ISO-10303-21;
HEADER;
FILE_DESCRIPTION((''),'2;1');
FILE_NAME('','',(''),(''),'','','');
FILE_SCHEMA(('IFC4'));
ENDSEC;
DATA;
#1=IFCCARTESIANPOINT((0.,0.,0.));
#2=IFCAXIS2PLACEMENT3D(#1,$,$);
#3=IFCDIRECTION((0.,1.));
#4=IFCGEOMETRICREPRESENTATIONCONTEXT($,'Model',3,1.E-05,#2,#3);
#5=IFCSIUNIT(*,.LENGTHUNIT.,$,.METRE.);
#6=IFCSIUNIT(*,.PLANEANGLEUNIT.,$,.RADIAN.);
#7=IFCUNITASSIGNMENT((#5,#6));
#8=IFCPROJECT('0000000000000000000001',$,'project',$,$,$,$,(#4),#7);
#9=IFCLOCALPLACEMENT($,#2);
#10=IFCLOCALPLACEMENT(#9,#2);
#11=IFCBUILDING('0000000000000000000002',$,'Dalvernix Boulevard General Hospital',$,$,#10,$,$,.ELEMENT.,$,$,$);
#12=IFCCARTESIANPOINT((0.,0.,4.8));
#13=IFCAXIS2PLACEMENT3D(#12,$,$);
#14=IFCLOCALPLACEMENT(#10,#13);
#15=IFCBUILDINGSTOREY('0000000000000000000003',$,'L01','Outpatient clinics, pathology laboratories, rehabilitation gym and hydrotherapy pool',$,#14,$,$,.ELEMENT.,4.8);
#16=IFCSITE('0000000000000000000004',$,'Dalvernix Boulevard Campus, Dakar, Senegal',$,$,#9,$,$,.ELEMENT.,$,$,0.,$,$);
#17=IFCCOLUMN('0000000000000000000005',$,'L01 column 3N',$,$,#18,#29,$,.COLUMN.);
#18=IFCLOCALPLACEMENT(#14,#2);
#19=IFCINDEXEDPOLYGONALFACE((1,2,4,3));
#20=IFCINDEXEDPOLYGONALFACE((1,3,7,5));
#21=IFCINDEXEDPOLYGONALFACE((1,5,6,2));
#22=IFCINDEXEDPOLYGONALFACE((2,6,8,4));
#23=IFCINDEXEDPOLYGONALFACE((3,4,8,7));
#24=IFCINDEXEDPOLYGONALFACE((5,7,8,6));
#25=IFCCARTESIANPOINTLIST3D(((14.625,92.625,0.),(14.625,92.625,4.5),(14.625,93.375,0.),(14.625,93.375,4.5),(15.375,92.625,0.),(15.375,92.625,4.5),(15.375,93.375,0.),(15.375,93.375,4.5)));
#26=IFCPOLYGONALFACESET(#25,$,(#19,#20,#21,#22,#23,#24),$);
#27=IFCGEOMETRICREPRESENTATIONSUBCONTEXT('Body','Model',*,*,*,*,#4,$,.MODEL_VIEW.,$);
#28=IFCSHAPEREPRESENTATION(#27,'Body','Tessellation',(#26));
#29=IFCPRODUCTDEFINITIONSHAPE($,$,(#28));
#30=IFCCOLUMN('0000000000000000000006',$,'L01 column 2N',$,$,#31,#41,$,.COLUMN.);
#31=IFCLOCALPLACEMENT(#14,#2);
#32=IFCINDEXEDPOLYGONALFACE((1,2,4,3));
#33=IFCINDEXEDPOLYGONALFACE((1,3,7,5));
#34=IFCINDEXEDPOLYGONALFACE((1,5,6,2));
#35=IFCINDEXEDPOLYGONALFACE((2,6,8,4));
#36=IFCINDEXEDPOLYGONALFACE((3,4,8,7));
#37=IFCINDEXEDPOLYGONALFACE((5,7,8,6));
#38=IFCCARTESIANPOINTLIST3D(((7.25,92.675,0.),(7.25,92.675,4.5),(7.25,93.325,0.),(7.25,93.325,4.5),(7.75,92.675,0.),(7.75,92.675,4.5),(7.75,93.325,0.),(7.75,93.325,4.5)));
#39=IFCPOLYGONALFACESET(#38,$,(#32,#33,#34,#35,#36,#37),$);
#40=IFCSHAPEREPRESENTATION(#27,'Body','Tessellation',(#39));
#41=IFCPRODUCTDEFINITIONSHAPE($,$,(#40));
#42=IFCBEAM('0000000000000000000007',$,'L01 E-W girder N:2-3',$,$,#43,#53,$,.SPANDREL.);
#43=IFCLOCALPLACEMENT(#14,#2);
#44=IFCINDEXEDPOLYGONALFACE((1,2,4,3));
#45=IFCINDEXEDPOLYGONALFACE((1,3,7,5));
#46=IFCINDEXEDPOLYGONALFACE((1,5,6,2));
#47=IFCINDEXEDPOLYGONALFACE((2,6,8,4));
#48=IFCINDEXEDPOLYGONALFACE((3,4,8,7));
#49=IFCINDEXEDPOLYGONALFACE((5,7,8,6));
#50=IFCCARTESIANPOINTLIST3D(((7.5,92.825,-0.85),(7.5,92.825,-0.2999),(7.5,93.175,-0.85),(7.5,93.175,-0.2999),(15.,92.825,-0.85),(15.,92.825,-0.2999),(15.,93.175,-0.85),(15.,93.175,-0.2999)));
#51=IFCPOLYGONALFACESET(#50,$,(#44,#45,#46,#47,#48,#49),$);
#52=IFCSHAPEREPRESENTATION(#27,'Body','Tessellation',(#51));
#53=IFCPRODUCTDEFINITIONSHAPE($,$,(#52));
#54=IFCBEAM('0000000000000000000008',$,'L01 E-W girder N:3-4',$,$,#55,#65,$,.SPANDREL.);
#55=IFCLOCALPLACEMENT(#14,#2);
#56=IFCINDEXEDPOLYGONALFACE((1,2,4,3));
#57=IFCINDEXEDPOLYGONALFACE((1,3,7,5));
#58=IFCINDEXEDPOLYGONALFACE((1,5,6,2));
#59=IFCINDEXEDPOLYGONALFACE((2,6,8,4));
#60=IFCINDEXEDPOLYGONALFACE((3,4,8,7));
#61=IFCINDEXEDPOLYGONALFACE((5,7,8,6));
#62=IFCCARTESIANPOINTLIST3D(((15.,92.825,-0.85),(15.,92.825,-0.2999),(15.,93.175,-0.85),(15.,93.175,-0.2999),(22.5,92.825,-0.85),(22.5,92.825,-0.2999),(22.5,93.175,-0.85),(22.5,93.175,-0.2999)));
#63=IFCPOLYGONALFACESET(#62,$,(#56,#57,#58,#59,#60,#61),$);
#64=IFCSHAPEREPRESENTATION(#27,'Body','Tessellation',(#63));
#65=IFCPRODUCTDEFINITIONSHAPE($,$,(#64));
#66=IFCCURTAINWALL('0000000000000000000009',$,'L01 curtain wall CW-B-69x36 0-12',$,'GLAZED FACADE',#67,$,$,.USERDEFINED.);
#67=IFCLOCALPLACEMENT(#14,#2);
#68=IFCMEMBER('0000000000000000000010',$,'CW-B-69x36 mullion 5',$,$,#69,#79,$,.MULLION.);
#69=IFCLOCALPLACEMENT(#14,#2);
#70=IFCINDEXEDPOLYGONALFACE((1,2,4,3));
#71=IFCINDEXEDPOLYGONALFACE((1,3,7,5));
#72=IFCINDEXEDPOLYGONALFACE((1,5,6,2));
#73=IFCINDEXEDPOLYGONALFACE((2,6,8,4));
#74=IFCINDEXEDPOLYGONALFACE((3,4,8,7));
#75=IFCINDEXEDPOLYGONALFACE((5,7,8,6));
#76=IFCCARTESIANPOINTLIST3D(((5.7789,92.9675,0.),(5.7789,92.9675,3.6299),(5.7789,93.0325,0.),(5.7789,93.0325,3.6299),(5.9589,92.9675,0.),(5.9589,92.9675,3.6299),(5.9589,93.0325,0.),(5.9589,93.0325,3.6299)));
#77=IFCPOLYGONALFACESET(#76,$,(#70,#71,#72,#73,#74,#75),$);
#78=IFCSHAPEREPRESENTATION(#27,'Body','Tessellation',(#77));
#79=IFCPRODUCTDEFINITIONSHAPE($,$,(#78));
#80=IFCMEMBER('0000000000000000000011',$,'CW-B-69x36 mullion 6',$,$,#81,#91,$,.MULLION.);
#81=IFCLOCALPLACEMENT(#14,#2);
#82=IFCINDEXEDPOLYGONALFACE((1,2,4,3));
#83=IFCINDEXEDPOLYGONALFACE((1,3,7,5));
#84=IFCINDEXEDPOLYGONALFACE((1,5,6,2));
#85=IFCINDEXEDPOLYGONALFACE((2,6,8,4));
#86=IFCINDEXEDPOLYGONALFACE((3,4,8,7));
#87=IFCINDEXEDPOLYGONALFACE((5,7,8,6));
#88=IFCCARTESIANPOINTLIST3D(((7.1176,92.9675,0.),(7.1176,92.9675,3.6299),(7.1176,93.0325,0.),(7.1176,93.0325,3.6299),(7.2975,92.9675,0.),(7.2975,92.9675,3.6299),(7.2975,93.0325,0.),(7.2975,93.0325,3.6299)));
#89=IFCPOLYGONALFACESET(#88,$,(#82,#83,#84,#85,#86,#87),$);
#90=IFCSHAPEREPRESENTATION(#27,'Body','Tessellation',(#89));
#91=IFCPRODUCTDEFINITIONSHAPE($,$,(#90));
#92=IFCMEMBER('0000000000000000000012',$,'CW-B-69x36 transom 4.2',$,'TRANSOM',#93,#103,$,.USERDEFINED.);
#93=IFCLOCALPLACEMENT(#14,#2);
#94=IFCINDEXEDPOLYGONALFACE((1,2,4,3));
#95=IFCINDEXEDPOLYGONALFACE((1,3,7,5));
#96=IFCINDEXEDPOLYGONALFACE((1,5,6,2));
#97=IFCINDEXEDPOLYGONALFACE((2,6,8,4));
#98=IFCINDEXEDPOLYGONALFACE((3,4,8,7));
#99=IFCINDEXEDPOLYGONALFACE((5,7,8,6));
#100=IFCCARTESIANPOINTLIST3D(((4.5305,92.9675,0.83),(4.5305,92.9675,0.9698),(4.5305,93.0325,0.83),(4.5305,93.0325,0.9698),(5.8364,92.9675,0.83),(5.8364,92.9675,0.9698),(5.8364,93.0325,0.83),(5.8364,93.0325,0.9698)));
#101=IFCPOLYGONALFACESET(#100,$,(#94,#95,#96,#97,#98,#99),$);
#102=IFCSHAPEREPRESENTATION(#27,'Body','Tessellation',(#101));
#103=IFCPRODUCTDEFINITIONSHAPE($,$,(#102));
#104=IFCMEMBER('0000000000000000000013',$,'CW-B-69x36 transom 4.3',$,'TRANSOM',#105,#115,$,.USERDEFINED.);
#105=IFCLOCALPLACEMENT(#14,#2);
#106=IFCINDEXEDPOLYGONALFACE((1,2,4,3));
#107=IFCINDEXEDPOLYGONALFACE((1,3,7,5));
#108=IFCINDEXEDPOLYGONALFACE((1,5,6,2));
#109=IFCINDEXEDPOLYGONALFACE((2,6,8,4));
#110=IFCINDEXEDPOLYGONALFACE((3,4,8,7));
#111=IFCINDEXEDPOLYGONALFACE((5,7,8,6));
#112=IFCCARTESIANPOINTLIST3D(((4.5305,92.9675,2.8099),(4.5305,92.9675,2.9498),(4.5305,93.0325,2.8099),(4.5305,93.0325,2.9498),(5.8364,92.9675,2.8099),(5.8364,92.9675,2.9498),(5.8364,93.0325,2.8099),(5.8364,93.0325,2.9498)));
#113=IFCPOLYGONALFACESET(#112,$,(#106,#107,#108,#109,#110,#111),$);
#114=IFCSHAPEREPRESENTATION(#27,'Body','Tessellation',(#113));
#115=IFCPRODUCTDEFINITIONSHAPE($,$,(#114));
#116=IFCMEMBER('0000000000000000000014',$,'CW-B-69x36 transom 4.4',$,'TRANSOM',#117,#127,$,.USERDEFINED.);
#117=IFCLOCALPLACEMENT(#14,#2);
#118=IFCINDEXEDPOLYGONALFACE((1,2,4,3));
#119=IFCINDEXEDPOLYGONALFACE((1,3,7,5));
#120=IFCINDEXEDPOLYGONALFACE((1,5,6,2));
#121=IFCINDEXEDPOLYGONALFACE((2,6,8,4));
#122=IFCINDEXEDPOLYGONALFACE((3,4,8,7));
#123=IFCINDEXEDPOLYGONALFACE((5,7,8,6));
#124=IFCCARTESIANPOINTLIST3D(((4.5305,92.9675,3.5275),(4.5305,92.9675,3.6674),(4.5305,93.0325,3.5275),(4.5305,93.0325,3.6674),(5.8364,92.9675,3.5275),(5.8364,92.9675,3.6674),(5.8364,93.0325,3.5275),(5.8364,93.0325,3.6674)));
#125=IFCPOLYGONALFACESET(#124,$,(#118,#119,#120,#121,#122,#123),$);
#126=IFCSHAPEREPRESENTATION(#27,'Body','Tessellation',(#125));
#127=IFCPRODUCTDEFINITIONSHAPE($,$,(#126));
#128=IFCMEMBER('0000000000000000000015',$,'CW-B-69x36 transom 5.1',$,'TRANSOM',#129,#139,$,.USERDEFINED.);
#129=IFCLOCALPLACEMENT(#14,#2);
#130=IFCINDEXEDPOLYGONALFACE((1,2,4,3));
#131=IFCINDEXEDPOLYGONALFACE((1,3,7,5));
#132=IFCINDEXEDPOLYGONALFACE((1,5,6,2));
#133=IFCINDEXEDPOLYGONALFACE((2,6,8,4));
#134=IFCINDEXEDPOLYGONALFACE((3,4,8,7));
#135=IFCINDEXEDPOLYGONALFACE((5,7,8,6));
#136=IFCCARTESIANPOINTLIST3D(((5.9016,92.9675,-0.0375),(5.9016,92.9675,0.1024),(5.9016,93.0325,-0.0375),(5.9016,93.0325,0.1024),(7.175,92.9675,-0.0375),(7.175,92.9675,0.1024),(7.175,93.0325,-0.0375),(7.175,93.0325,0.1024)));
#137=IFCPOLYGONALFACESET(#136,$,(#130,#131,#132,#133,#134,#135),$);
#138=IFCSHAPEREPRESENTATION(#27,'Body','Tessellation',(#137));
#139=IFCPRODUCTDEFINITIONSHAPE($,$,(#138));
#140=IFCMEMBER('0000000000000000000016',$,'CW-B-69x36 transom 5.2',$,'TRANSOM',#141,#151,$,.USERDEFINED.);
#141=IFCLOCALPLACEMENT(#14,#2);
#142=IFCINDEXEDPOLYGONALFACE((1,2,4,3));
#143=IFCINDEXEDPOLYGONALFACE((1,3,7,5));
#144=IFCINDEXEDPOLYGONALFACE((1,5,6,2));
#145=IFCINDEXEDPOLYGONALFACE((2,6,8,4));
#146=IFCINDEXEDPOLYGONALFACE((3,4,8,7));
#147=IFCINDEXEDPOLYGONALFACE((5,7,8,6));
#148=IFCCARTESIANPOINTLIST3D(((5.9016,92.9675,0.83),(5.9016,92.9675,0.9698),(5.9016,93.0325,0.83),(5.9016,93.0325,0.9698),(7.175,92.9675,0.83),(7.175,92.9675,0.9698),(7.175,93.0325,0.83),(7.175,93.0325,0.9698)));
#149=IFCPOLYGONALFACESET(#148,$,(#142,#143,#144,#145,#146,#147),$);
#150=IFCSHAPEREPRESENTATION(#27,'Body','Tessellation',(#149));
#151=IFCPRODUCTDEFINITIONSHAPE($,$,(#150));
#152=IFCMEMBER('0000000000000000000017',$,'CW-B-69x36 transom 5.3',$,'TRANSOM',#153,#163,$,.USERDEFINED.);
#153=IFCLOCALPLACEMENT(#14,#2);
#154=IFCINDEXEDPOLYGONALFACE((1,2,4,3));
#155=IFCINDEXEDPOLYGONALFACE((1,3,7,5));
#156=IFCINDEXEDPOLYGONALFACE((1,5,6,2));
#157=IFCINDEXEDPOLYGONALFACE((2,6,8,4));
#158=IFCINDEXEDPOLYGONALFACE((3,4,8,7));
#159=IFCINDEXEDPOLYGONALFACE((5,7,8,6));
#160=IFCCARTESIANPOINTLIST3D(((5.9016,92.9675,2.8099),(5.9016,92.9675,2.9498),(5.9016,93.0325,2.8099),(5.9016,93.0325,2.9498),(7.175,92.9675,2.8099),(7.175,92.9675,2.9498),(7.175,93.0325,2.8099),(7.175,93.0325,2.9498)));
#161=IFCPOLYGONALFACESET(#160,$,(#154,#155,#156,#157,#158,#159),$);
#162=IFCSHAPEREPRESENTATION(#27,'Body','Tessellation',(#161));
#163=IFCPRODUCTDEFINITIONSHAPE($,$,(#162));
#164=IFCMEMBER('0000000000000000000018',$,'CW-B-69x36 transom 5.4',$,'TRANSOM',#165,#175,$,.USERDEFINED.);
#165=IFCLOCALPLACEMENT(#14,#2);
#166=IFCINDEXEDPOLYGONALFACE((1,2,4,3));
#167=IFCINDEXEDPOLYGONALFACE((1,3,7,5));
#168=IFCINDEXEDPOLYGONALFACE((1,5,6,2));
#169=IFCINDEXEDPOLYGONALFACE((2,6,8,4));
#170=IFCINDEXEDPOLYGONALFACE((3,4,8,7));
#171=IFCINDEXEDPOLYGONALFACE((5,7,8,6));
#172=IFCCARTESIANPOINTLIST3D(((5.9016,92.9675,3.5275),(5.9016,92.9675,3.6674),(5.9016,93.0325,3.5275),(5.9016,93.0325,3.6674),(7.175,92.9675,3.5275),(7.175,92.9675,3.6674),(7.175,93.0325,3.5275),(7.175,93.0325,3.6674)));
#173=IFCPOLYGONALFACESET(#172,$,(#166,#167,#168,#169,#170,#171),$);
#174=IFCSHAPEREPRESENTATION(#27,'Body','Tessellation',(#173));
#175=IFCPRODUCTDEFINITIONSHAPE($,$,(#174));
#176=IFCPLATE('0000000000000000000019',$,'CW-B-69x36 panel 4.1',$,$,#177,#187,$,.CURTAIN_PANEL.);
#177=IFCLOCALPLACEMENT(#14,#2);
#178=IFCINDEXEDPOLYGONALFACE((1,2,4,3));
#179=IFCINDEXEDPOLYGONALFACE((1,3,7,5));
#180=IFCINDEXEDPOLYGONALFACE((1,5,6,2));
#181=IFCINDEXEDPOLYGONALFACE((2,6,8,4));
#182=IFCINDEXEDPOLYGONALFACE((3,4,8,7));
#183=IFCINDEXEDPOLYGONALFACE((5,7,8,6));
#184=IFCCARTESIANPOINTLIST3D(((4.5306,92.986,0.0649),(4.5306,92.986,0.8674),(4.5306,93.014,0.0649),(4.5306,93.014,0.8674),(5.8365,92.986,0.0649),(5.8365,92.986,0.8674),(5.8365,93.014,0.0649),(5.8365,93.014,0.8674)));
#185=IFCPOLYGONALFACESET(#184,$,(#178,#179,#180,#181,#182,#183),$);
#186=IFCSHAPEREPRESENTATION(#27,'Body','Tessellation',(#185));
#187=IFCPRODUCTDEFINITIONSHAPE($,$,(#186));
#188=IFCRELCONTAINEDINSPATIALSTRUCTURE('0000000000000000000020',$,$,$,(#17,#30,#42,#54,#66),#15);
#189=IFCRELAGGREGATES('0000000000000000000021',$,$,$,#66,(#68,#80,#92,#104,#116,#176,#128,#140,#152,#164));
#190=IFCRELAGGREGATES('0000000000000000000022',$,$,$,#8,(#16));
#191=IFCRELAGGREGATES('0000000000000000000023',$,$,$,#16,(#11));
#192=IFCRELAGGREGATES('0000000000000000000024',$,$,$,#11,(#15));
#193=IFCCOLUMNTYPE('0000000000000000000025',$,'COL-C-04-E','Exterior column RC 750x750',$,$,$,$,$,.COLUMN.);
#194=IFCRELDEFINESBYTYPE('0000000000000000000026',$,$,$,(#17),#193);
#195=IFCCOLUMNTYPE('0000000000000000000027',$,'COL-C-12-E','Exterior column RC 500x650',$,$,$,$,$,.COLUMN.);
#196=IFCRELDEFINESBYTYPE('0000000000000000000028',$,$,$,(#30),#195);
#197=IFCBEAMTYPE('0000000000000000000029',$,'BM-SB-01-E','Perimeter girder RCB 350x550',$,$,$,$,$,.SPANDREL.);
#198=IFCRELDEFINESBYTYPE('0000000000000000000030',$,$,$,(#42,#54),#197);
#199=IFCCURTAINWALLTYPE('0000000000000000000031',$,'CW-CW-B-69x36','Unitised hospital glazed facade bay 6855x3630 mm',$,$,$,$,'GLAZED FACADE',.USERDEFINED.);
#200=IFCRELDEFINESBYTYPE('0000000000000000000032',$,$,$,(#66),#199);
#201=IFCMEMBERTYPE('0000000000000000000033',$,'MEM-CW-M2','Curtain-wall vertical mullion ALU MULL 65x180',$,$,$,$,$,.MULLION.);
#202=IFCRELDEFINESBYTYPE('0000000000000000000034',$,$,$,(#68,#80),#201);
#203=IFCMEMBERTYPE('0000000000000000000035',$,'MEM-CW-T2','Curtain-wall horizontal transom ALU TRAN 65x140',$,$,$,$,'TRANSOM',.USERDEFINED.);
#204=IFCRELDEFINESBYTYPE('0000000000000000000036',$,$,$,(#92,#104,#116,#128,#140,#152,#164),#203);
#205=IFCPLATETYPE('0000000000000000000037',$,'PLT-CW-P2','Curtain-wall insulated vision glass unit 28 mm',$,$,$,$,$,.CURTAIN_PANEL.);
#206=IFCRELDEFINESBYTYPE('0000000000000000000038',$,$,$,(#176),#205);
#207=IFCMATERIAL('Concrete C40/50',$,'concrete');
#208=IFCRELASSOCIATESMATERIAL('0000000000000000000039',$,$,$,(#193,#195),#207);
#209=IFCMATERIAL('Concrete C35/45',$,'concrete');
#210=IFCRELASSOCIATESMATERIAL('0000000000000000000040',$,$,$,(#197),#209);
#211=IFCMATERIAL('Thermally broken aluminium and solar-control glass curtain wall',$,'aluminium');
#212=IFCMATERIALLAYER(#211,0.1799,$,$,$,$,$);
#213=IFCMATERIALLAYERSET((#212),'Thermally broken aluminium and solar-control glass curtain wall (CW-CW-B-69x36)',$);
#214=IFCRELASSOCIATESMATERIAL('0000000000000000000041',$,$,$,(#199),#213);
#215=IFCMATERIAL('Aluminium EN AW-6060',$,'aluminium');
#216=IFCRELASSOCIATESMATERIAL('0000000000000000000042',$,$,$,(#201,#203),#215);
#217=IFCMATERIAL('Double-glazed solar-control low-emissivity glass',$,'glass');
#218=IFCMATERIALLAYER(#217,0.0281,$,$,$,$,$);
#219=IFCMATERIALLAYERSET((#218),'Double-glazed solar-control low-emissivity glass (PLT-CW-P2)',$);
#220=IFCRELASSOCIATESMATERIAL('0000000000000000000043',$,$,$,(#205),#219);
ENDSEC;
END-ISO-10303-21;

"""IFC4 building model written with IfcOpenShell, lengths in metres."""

from ifc_helpers import new_model, si_unit, direction, frame, origin, origin_2d, place, context, subcontext, project, spatial, rectangle, extrude, material, layer, layer_set, material_profile, profile_set, type_object, element, aggregate, save


model = new_model("IFC4")

# Units and contexts
model_context = context("Model", 3, precision=1e-05, world=origin(), true_north=direction((0.0, 1.0)))
body_context = subcontext(model_context, "Body", "Model", "MODEL_VIEW")
ifc_project = project(units=[si_unit("LENGTHUNIT", "METRE"), si_unit("PLANEANGLEUNIT", "RADIAN")], contexts=[model_context])

# Site, building, storey
site_placement = place(None, origin())
site = spatial("IfcSite", under=ifc_project, at=site_placement, Name="Dalvernix Boulevard Campus, Dakar, Senegal", CompositionType="ELEMENT", RefElevation=0.0)
building_placement = place(site_placement, origin())
building = spatial("IfcBuilding", under=site, at=building_placement, Name="Dalvernix Boulevard General Hospital", CompositionType="ELEMENT")
storey_placement = place(building_placement, frame((0.0, 0.0, 4.8)))
storey = spatial("IfcBuildingStorey", under=building, at=storey_placement, Name="L01", Description="Outpatient clinics, pathology laboratories, rehabilitation gym and hydrotherapy pool", CompositionType="ELEMENT", Elevation=4.8)

# Columns
ifc_material_1 = material(Name="Concrete C40/50", Category="concrete")
ifc_material_profile_1 = material_profile(ifc_material_1, rectangle(XDim=0.75, YDim=0.75, at=origin_2d()), Name="RC 750x750")
ifc_profile_set_1 = profile_set([ifc_material_profile_1], Name="Concrete C40/50")
column_type_1 = type_object("IfcColumnType", Name="COL-C-04-E", Description="Exterior column RC 750x750", PredefinedType="COLUMN", material=ifc_profile_set_1)
column_1_placement = place(storey_placement, frame((15.0, 93.0, 0.0), z_axis=(0.0, 0.0, 1.0), x_axis=(1.0, 0.0, 0.0)))
element("IfcColumn", 1, at=column_1_placement, inside=storey, type_object=column_type_1, Name="L01 column 3N", PredefinedType="COLUMN", context=body_context, shape_type="SweptSolid", body=[
    extrude(rectangle(XDim=0.75, YDim=0.75, at=origin_2d()), origin(), (0.0, 0.0, 1.0), 4.5),
])
ifc_material_profile_2 = material_profile(ifc_material_1, rectangle(XDim=0.5, YDim=0.6499, at=origin_2d()), Name="RC 500x650")
ifc_profile_set_2 = profile_set([ifc_material_profile_2], Name="Concrete C40/50")
column_type_2 = type_object("IfcColumnType", Name="COL-C-12-E", Description="Exterior column RC 500x650", PredefinedType="COLUMN", material=ifc_profile_set_2)
column_2_placement = place(storey_placement, frame((7.5, 93.0, 0.0), z_axis=(0.0, 0.0, 1.0), x_axis=(1.0, 0.0, 0.0)))
element("IfcColumn", 2, at=column_2_placement, inside=storey, type_object=column_type_2, Name="L01 column 2N", PredefinedType="COLUMN", context=body_context, shape_type="SweptSolid", body=[
    extrude(rectangle(XDim=0.5, YDim=0.6499, at=origin_2d()), origin(), (0.0, 0.0, 1.0), 4.5),
])

# Beams
ifc_material_2 = material(Name="Concrete C35/45", Category="concrete")
ifc_material_profile_3 = material_profile(ifc_material_2, rectangle(XDim=0.3501, YDim=0.55, at=origin_2d()), Name="RCB 350x550")
ifc_profile_set_3 = profile_set([ifc_material_profile_3], Name="Concrete C35/45")
beam_type = type_object("IfcBeamType", Name="BM-SB-01-E", Description="Perimeter girder RCB 350x550", PredefinedType="SPANDREL", material=ifc_profile_set_3)
for number, where, z_axis, x_axis, name in (
    (3, (7.5, 93.0, -0.575), (1.0, 0.0, 0.0), (0.0, 1.0, 0.0), "L01 E-W girder N:2-3"),
    (4, (15.0, 93.0, -0.575), (1.0, 0.0, 0.0), (0.0, 1.0, 0.0), "L01 E-W girder N:3-4"),
):
    element("IfcBeam", number, at=place(storey_placement, frame(where, z_axis=z_axis, x_axis=x_axis)), inside=storey, type_object=beam_type, Name=name, PredefinedType="SPANDREL", context=body_context, shape_type="SweptSolid", body=[
        extrude(rectangle(XDim=0.3501, YDim=0.55, at=origin_2d()), origin(), (0.0, 0.0, 1.0), 7.5),
    ])

# Curtain wall, members, plate
ifc_material_3 = material(Name="Thermally broken aluminium and solar-control glass curtain wall", Category="aluminium")
ifc_layer_1 = layer(ifc_material_3, 0.1799)
ifc_layer_set_1 = layer_set([ifc_layer_1], Name="Thermally broken aluminium and solar-control glass curtain wall (CW-CW-B-69x36)")
curtain_wall_type = type_object("IfcCurtainWallType", Name="CW-CW-B-69x36", Description="Unitised hospital glazed facade bay 6855x3630 mm", ElementType="GLAZED FACADE", PredefinedType="USERDEFINED", material=ifc_layer_set_1)
curtain_wall_placement = place(storey_placement, origin())
curtain_wall = element("IfcCurtainWall", 5, at=curtain_wall_placement, inside=storey, type_object=curtain_wall_type, Name="L01 curtain wall CW-B-69x36 0-12", ObjectType="GLAZED FACADE", PredefinedType="USERDEFINED")
ifc_material_4 = material(Name="Aluminium EN AW-6060", Category="aluminium")
ifc_material_profile_4 = material_profile(ifc_material_4, rectangle(XDim=0.0649, YDim=0.1799, at=origin_2d()), Name="ALU MULL 65x180")
ifc_profile_set_4 = profile_set([ifc_material_profile_4], Name="Aluminium EN AW-6060")
member_type_1 = type_object("IfcMemberType", Name="MEM-CW-M2", Description="Curtain-wall vertical mullion ALU MULL 65x180", PredefinedType="MULLION", material=ifc_profile_set_4)
member_1_placement = place(storey_placement, frame((5.8689, 93.0, 0.0), z_axis=(0.0, 0.0, 1.0), x_axis=(0.0, 1.0, 0.0)))
member_1 = element("IfcMember", 6, at=member_1_placement, type_object=member_type_1, Name="CW-B-69x36 mullion 5", PredefinedType="MULLION", context=body_context, shape_type="SweptSolid", body=[
    extrude(rectangle(XDim=0.0649, YDim=0.1799, at=origin_2d()), origin(), (0.0, 0.0, 1.0), 3.6299),
])
member_2_placement = place(storey_placement, frame((7.2075, 93.0, 0.0), z_axis=(0.0, 0.0, 1.0), x_axis=(0.0, 1.0, 0.0)))
member_2 = element("IfcMember", 7, at=member_2_placement, type_object=member_type_1, Name="CW-B-69x36 mullion 6", PredefinedType="MULLION", context=body_context, shape_type="SweptSolid", body=[
    extrude(rectangle(XDim=0.0649, YDim=0.1799, at=origin_2d()), origin(), (0.0, 0.0, 1.0), 3.6299),
])
ifc_material_profile_5 = material_profile(ifc_material_4, rectangle(XDim=0.0649, YDim=0.1399, at=origin_2d()), Name="ALU TRAN 65x140")
ifc_profile_set_5 = profile_set([ifc_material_profile_5], Name="Aluminium EN AW-6060")
member_type_2 = type_object("IfcMemberType", Name="MEM-CW-T2", Description="Curtain-wall horizontal transom ALU TRAN 65x140", ElementType="TRANSOM", PredefinedType="USERDEFINED", material=ifc_profile_set_5)
member_3_placement = place(storey_placement, frame((4.5305, 93.0, 0.8999), z_axis=(1.0, 0.0, 0.0), x_axis=(0.0, 1.0, 0.0)))
member_3 = element("IfcMember", 8, at=member_3_placement, type_object=member_type_2, Name="CW-B-69x36 transom 4.2", ObjectType="TRANSOM", PredefinedType="USERDEFINED", context=body_context, shape_type="SweptSolid", body=[
    extrude(rectangle(XDim=0.0649, YDim=0.1399, at=origin_2d()), origin(), (0.0, 0.0, 1.0), 1.3059),
])
member_4_placement = place(storey_placement, frame((4.5305, 93.0, 2.8799), z_axis=(1.0, 0.0, 0.0), x_axis=(0.0, 1.0, 0.0)))
member_4 = element("IfcMember", 9, at=member_4_placement, type_object=member_type_2, Name="CW-B-69x36 transom 4.3", ObjectType="TRANSOM", PredefinedType="USERDEFINED", context=body_context, shape_type="SweptSolid", body=[
    extrude(rectangle(XDim=0.0649, YDim=0.1399, at=origin_2d()), origin(), (0.0, 0.0, 1.0), 1.3059),
])
member_5_placement = place(storey_placement, frame((4.5305, 93.0, 3.5974), z_axis=(1.0, 0.0, 0.0), x_axis=(0.0, 1.0, 0.0)))
member_5 = element("IfcMember", 10, at=member_5_placement, type_object=member_type_2, Name="CW-B-69x36 transom 4.4", ObjectType="TRANSOM", PredefinedType="USERDEFINED", context=body_context, shape_type="SweptSolid", body=[
    extrude(rectangle(XDim=0.0649, YDim=0.1399, at=origin_2d()), origin(), (0.0, 0.0, 1.0), 1.3059),
])
member_6_placement = place(storey_placement, frame((5.9016, 93.0, 0.0325), z_axis=(1.0, 0.0, 0.0), x_axis=(0.0, 1.0, 0.0)))
member_6 = element("IfcMember", 11, at=member_6_placement, type_object=member_type_2, Name="CW-B-69x36 transom 5.1", ObjectType="TRANSOM", PredefinedType="USERDEFINED", context=body_context, shape_type="SweptSolid", body=[
    extrude(rectangle(XDim=0.0649, YDim=0.1399, at=origin_2d()), origin(), (0.0, 0.0, 1.0), 1.2734),
])
member_7_placement = place(storey_placement, frame((5.9016, 93.0, 0.8999), z_axis=(1.0, 0.0, 0.0), x_axis=(0.0, 1.0, 0.0)))
member_7 = element("IfcMember", 12, at=member_7_placement, type_object=member_type_2, Name="CW-B-69x36 transom 5.2", ObjectType="TRANSOM", PredefinedType="USERDEFINED", context=body_context, shape_type="SweptSolid", body=[
    extrude(rectangle(XDim=0.0649, YDim=0.1399, at=origin_2d()), origin(), (0.0, 0.0, 1.0), 1.2734),
])
member_8_placement = place(storey_placement, frame((5.9016, 93.0, 2.8799), z_axis=(1.0, 0.0, 0.0), x_axis=(0.0, 1.0, 0.0)))
member_8 = element("IfcMember", 13, at=member_8_placement, type_object=member_type_2, Name="CW-B-69x36 transom 5.3", ObjectType="TRANSOM", PredefinedType="USERDEFINED", context=body_context, shape_type="SweptSolid", body=[
    extrude(rectangle(XDim=0.0649, YDim=0.1399, at=origin_2d()), origin(), (0.0, 0.0, 1.0), 1.2734),
])
member_9_placement = place(storey_placement, frame((5.9016, 93.0, 3.5974), z_axis=(1.0, 0.0, 0.0), x_axis=(0.0, 1.0, 0.0)))
member_9 = element("IfcMember", 14, at=member_9_placement, type_object=member_type_2, Name="CW-B-69x36 transom 5.4", ObjectType="TRANSOM", PredefinedType="USERDEFINED", context=body_context, shape_type="SweptSolid", body=[
    extrude(rectangle(XDim=0.0649, YDim=0.1399, at=origin_2d()), origin(), (0.0, 0.0, 1.0), 1.2734),
])
ifc_material_5 = material(Name="Double-glazed solar-control low-emissivity glass", Category="glass")
ifc_layer_2 = layer(ifc_material_5, 0.0281)
ifc_layer_set_2 = layer_set([ifc_layer_2], Name="Double-glazed solar-control low-emissivity glass (PLT-CW-P2)")
plate_type = type_object("IfcPlateType", Name="PLT-CW-P2", Description="Curtain-wall insulated vision glass unit 28 mm", PredefinedType="CURTAIN_PANEL", material=ifc_layer_set_2)
plate_1_placement = place(storey_placement, frame((5.1836, 93.0, 0.0649), z_axis=(0.0, 0.0, 1.0), x_axis=(1.0, 0.0, 0.0)))
plate_1 = element("IfcPlate", 15, at=plate_1_placement, type_object=plate_type, Name="CW-B-69x36 panel 4.1", PredefinedType="CURTAIN_PANEL", context=body_context, shape_type="SweptSolid", body=[
    extrude(rectangle(XDim=1.3059, YDim=0.0281, at=origin_2d()), origin(), (0.0, 0.0, 1.0), 0.8025),
])
aggregate(curtain_wall, [member_1, member_2, member_3, member_4, member_5, plate_1, member_6, member_7, member_8, member_9])

save(model, "model.ifc")
